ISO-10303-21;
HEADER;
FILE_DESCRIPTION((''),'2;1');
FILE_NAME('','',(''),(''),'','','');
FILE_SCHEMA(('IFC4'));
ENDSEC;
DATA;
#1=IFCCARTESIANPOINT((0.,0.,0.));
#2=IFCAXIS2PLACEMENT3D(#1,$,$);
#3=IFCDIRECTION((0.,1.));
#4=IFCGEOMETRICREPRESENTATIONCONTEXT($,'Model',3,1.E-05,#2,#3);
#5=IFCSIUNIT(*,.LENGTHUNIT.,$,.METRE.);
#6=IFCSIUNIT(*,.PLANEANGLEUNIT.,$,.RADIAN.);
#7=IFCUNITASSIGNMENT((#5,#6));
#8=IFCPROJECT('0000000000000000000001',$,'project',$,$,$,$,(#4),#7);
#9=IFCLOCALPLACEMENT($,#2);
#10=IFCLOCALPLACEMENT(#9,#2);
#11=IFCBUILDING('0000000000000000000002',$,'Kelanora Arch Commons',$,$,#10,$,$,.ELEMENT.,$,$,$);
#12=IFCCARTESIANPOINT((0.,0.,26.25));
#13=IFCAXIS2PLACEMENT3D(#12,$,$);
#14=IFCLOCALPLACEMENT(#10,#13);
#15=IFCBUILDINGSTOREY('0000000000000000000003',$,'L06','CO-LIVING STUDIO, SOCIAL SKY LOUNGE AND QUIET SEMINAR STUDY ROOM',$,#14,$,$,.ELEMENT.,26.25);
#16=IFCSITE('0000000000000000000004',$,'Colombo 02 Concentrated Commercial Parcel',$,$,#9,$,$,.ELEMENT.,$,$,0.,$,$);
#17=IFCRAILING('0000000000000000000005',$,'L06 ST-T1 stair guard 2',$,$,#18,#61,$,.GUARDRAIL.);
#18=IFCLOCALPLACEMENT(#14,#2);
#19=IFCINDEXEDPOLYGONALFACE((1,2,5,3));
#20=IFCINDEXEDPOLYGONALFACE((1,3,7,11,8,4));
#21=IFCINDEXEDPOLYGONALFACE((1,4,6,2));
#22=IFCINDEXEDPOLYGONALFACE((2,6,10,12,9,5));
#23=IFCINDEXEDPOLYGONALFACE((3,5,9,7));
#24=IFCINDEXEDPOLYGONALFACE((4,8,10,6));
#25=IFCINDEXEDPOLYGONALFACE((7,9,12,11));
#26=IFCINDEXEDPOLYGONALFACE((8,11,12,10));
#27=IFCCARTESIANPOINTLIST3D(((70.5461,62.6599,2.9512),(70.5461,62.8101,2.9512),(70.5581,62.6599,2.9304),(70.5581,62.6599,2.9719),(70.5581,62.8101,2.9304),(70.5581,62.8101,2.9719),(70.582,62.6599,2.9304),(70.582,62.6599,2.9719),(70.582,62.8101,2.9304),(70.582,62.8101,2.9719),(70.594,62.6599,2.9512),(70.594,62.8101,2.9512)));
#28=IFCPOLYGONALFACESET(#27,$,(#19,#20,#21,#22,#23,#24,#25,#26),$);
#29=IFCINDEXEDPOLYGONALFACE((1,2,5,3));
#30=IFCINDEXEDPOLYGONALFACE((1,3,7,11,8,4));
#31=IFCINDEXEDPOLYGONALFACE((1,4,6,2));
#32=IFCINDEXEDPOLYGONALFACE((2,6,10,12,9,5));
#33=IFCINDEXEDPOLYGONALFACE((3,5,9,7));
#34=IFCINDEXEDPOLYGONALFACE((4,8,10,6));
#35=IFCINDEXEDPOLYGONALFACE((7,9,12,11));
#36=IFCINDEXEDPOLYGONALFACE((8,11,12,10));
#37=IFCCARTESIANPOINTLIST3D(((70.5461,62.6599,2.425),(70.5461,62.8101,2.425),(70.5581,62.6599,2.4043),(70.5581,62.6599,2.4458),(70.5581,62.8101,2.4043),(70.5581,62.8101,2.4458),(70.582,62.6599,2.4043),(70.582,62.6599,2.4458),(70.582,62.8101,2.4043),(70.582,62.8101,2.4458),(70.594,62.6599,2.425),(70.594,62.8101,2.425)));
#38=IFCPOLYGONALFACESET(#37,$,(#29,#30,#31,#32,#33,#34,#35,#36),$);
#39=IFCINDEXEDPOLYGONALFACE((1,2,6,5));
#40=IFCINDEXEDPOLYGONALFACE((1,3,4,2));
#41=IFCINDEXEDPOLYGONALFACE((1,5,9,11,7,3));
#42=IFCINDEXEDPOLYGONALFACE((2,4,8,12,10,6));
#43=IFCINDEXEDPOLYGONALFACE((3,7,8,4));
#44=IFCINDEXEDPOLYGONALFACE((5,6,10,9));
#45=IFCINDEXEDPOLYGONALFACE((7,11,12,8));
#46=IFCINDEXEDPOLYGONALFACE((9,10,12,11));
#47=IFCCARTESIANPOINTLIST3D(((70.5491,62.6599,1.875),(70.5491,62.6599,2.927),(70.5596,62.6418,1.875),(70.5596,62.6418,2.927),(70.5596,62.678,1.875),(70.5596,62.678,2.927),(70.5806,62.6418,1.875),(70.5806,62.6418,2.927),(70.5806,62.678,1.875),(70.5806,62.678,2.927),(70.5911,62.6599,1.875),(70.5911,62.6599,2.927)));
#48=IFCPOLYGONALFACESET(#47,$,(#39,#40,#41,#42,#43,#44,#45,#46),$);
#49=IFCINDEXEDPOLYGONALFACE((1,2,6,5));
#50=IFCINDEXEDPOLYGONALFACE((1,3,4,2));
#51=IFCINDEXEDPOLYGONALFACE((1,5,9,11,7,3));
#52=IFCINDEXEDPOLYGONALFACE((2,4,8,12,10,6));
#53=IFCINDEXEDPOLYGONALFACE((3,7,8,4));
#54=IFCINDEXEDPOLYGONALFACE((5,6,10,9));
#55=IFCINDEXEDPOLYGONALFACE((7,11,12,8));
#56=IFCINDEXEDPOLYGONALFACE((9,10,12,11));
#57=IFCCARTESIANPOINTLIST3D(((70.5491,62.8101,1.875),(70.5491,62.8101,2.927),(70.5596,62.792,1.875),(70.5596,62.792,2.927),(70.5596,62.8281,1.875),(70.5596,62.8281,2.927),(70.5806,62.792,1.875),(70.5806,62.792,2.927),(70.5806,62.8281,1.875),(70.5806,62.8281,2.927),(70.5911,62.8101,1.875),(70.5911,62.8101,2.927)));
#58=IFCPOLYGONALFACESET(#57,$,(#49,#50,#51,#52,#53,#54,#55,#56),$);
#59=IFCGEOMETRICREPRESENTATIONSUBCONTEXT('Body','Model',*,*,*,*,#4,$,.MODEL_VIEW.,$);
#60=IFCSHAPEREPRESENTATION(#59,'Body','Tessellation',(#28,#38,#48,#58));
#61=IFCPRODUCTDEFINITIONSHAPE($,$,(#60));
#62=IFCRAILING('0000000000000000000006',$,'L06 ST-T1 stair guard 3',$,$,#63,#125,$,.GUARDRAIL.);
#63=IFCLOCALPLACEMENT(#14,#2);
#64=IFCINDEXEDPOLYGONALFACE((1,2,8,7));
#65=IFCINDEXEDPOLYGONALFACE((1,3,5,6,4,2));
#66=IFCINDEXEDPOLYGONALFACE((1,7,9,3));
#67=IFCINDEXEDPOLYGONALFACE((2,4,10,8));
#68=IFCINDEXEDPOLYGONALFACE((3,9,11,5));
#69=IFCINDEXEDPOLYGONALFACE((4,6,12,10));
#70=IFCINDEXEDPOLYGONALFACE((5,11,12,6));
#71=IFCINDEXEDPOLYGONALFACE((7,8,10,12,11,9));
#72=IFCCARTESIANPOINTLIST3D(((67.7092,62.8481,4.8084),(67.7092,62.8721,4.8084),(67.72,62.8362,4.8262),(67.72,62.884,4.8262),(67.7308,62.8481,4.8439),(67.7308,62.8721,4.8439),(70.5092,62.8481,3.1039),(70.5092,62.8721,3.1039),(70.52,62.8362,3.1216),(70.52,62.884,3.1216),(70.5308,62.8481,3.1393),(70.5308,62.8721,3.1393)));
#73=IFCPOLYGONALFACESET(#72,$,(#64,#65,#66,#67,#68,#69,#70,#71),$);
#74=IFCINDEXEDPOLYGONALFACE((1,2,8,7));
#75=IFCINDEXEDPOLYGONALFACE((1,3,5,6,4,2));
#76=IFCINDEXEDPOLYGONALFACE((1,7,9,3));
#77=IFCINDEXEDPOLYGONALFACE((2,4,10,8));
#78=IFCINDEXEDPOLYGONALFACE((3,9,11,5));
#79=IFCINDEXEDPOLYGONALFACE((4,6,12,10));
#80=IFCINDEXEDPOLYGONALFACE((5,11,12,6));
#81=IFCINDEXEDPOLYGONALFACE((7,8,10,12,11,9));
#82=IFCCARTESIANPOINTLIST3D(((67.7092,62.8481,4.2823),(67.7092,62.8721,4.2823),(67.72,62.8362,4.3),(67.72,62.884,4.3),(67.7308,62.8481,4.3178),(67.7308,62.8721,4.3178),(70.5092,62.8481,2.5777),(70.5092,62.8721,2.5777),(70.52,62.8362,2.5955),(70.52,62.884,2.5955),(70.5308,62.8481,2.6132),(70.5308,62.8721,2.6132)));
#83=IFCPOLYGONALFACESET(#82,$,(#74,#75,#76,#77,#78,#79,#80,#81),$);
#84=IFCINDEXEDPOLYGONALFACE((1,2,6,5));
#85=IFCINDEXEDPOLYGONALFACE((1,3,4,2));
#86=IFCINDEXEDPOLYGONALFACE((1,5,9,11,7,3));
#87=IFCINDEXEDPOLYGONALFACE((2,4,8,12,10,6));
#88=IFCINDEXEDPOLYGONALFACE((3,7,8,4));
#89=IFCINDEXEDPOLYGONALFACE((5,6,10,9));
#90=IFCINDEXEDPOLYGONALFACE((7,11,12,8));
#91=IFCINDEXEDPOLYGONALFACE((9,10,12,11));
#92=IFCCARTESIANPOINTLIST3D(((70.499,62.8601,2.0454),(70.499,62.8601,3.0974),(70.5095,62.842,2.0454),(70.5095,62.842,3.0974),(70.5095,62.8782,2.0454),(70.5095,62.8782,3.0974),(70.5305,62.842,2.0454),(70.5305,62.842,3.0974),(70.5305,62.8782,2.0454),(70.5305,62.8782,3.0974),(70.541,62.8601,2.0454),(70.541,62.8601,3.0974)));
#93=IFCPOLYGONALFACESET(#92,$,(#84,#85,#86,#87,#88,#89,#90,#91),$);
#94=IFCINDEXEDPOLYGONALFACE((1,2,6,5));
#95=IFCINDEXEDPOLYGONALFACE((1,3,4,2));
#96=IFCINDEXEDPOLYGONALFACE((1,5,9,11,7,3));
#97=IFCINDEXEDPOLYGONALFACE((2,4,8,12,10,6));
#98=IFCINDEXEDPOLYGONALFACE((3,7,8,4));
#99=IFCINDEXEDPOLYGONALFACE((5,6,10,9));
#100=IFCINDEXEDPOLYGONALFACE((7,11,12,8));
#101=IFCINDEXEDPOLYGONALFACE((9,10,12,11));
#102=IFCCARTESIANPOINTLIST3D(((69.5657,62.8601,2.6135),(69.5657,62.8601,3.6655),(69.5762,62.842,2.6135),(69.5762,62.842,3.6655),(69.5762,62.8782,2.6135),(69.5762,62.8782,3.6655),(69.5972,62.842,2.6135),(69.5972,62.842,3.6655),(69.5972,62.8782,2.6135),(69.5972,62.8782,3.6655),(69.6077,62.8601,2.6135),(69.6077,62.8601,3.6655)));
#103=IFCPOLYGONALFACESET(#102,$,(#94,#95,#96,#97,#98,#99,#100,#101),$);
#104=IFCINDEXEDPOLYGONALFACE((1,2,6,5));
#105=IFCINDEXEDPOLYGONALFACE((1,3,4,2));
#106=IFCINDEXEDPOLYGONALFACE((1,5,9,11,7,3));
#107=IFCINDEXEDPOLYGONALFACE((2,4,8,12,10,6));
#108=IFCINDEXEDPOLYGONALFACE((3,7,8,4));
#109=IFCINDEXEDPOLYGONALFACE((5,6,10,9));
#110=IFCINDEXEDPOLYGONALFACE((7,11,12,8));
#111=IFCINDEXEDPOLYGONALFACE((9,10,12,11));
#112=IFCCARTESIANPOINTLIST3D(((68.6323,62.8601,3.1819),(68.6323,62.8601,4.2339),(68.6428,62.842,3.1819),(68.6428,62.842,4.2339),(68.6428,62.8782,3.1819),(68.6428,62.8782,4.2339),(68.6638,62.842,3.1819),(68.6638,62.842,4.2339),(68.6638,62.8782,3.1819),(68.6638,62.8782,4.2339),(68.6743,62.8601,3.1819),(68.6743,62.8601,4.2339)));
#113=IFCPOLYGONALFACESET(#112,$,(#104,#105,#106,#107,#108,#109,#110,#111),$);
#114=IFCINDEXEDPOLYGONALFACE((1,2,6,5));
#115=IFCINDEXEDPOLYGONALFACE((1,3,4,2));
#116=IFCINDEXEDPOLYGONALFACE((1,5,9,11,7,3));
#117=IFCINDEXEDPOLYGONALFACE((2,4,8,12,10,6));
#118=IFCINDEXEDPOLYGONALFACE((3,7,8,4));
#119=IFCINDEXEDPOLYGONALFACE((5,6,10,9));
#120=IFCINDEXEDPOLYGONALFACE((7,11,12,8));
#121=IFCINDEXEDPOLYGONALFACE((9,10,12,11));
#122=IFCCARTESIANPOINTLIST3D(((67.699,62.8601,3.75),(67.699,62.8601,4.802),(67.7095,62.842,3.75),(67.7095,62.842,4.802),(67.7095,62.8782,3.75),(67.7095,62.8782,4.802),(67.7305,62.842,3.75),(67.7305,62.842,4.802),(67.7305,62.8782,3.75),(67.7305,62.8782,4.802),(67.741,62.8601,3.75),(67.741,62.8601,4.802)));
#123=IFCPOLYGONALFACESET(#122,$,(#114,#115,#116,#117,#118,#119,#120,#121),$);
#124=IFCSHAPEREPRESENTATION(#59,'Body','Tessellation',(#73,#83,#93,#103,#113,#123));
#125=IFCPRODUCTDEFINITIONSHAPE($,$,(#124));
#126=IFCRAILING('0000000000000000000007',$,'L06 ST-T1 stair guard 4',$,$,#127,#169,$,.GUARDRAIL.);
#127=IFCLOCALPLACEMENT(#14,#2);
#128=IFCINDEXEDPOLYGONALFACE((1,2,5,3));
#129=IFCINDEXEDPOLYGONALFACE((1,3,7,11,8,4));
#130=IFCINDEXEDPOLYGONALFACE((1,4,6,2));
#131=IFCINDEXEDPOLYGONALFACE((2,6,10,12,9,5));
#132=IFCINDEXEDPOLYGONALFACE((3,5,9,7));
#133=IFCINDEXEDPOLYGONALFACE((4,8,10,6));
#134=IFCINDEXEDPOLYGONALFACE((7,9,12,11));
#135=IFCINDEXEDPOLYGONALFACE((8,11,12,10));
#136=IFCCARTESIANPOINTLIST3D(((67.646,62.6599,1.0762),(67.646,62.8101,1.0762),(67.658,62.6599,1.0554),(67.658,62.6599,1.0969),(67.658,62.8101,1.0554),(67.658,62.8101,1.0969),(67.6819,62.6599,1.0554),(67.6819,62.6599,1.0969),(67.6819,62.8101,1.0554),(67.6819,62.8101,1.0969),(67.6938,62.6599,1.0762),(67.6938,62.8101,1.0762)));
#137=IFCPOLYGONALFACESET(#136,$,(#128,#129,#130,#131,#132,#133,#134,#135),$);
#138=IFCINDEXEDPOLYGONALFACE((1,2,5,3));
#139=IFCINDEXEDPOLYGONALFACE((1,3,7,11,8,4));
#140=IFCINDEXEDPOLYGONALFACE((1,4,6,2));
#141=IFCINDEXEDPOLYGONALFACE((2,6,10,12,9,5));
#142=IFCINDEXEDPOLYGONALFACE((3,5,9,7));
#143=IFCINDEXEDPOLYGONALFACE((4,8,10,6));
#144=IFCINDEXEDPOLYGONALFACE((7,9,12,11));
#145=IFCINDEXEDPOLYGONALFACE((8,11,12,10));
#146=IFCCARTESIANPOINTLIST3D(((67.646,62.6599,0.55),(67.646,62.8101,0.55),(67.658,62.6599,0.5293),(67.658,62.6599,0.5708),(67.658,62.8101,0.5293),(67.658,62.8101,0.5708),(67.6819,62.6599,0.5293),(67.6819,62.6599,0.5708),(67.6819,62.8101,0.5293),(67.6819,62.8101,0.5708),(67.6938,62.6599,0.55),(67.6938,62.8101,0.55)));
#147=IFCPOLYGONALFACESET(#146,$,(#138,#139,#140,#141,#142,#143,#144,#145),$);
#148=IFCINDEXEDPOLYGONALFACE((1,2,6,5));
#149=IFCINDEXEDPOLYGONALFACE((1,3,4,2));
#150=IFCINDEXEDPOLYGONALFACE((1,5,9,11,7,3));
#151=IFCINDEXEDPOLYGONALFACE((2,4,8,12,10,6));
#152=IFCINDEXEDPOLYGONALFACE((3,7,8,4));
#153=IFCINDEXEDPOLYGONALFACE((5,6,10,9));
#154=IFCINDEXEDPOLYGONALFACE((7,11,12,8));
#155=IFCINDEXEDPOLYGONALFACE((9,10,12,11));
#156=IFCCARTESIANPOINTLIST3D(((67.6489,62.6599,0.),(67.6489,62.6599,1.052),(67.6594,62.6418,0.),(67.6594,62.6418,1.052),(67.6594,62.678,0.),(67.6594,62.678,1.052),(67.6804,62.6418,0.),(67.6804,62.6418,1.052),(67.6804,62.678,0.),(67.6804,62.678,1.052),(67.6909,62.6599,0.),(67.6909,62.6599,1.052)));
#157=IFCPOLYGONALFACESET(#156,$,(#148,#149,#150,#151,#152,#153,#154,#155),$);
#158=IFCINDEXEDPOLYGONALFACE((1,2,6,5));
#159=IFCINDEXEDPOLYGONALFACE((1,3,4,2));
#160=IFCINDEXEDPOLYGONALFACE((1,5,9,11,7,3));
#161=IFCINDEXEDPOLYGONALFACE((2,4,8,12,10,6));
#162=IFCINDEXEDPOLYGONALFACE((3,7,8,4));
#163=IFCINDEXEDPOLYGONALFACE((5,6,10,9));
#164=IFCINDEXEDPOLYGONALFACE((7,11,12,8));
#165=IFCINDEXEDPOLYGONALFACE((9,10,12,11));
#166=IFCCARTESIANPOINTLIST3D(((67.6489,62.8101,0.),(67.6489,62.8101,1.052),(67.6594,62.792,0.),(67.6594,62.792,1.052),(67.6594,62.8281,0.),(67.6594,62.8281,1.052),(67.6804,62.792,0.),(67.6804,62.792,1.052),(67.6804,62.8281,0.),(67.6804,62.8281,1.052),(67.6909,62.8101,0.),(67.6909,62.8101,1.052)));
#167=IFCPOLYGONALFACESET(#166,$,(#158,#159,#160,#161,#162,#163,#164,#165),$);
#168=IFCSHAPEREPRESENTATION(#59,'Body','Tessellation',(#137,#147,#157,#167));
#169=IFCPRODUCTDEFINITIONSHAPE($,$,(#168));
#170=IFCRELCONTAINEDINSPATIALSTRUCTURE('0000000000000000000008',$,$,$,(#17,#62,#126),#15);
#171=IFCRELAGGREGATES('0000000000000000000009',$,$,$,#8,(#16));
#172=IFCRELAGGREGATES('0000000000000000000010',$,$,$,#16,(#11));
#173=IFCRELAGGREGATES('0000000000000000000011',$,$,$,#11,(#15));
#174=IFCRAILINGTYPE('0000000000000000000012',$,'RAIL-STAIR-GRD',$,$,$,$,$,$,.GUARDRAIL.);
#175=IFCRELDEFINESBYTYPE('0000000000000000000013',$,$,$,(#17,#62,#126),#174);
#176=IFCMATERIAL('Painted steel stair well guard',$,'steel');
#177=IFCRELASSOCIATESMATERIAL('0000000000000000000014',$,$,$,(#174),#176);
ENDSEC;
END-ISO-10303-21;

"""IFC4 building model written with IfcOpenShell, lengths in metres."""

from ifc_helpers import new_model, si_unit, direction, frame, origin, place, context, subcontext, project, spatial, polyline, outline, extrude, material, type_object, element, save


model = new_model("IFC4")

# Units and contexts
model_context = context("Model", 3, precision=1e-05, world=origin(), true_north=direction((0.0, 1.0)))
body_context = subcontext(model_context, "Body", "Model", "MODEL_VIEW")
ifc_project = project(units=[si_unit("LENGTHUNIT", "METRE"), si_unit("PLANEANGLEUNIT", "RADIAN")], contexts=[model_context])

# Site, building, storey
site_placement = place(None, origin())
site = spatial("IfcSite", under=ifc_project, at=site_placement, Name="Colombo 02 Concentrated Commercial Parcel", CompositionType="ELEMENT", RefElevation=0.0)
building_placement = place(site_placement, origin())
building = spatial("IfcBuilding", under=site, at=building_placement, Name="Kelanora Arch Commons", CompositionType="ELEMENT")
storey_placement = place(building_placement, frame((0.0, 0.0, 26.25)))
storey = spatial("IfcBuildingStorey", under=building, at=storey_placement, Name="L06", Description="CO-LIVING STUDIO, SOCIAL SKY LOUNGE AND QUIET SEMINAR STUDY ROOM", CompositionType="ELEMENT", Elevation=26.25)

# Railings
ifc_material_1 = material(Name="Painted steel stair well guard", Category="steel")
railing_type_1 = type_object("IfcRailingType", Name="RAIL-STAIR-GRD", PredefinedType="GUARDRAIL", material=ifc_material_1)
railing_1_placement = place(storey_placement, frame((70.5701, 62.6599, 1.875)))
element("IfcRailing", 1, at=railing_1_placement, inside=storey, type_object=railing_type_1, Name="L06 ST-T1 stair guard 2", PredefinedType="GUARDRAIL", context=body_context, shape_type="SweptSolid", body=[
    extrude(outline(polyline([(0.0239, 0.0), (0.012, 0.0208), (-0.012, 0.0208), (-0.0239, 0.0), (-0.012, -0.0208), (0.012, -0.0208), (0.0239, 0.0)])), frame((0.0, 0.0, 1.0762), z_axis=(0.0, 1.0, 0.0), x_axis=(-1.0, 0.0, 0.0)), (0.0, 0.0, 1.0), 0.1501),
    extrude(outline(polyline([(0.0239, 0.0), (0.012, 0.0208), (-0.012, 0.0208), (-0.0239, 0.0), (-0.012, -0.0208), (0.012, -0.0208), (0.0239, 0.0)])), frame((0.0, 0.0, 0.55), z_axis=(0.0, 1.0, 0.0), x_axis=(-1.0, 0.0, 0.0)), (0.0, 0.0, 1.0), 0.1501),
    extrude(outline(polyline([(0.021, 0.0), (0.0105, 0.0181), (-0.0105, 0.0181), (-0.021, 0.0), (-0.0105, -0.0181), (0.0105, -0.0181), (0.021, 0.0)])), origin(), (0.0, 0.0, 1.0), 1.052),
    extrude(outline(polyline([(0.021, 0.0), (0.0105, 0.0181), (-0.0105, 0.0181), (-0.021, 0.0), (-0.0105, -0.0181), (0.0105, -0.0181), (0.021, 0.0)])), frame((0.0, 0.1501, 0.0)), (0.0, 0.0, 1.0), 1.052),
])
railing_2_placement = place(storey_placement, frame((70.52, 62.8601, 2.0454)))
element("IfcRailing", 2, at=railing_2_placement, inside=storey, type_object=railing_type_1, Name="L06 ST-T1 stair guard 3", PredefinedType="GUARDRAIL", context=body_context, shape_type="SweptSolid", body=[
    extrude(outline(polyline([(0.0239, 0.0), (0.012, 0.0208), (-0.012, 0.0208), (-0.0239, 0.0), (-0.012, -0.0208), (0.012, -0.0208), (0.0239, 0.0)])), frame((0.0, 0.0, 1.0762), z_axis=(-0.85417, 0.0, 0.519994), x_axis=(0.0, -1.0, 0.0)), (0.0, 0.0, 1.0), 3.2781),
    extrude(outline(polyline([(0.0239, 0.0), (0.012, 0.0208), (-0.012, 0.0208), (-0.0239, 0.0), (-0.012, -0.0208), (0.012, -0.0208), (0.0239, 0.0)])), frame((0.0, 0.0, 0.55), z_axis=(-0.85417, 0.0, 0.519994), x_axis=(0.0, -1.0, 0.0)), (0.0, 0.0, 1.0), 3.2781),
    extrude(outline(polyline([(0.021, 0.0), (0.0105, 0.0181), (-0.0105, 0.0181), (-0.021, 0.0), (-0.0105, -0.0181), (0.0105, -0.0181), (0.021, 0.0)])), origin(), (0.0, 0.0, 1.0), 1.052),
    extrude(outline(polyline([(0.021, 0.0), (0.0105, 0.0181), (-0.0105, 0.0181), (-0.021, 0.0), (-0.0105, -0.0181), (0.0105, -0.0181), (0.021, 0.0)])), frame((-0.9333, 0.0, 0.5681)), (0.0, 0.0, 1.0), 1.052),
    extrude(outline(polyline([(0.021, 0.0), (0.0105, 0.0181), (-0.0105, 0.0181), (-0.021, 0.0), (-0.0105, -0.0181), (0.0105, -0.0181), (0.021, 0.0)])), frame((-1.8667, 0.0, 1.1365)), (0.0, 0.0, 1.0), 1.052),
    extrude(outline(polyline([(0.021, 0.0), (0.0105, 0.0181), (-0.0105, 0.0181), (-0.021, 0.0), (-0.0105, -0.0181), (0.0105, -0.0181), (0.021, 0.0)])), frame((-2.8, 0.0, 1.7046)), (0.0, 0.0, 1.0), 1.052),
])
railing_3_placement = place(storey_placement, frame((67.6699, 62.6599, 0.0)))
element("IfcRailing", 3, at=railing_3_placement, inside=storey, type_object=railing_type_1, Name="L06 ST-T1 stair guard 4", PredefinedType="GUARDRAIL", context=body_context, shape_type="SweptSolid", body=[
    extrude(outline(polyline([(0.0239, 0.0), (0.012, 0.0208), (-0.012, 0.0208), (-0.0239, 0.0), (-0.012, -0.0208), (0.012, -0.0208), (0.0239, 0.0)])), frame((0.0, 0.0, 1.0762), z_axis=(0.0, 1.0, 0.0), x_axis=(-1.0, 0.0, 0.0)), (0.0, 0.0, 1.0), 0.1501),
    extrude(outline(polyline([(0.0239, 0.0), (0.012, 0.0208), (-0.012, 0.0208), (-0.0239, 0.0), (-0.012, -0.0208), (0.012, -0.0208), (0.0239, 0.0)])), frame((0.0, 0.0, 0.55), z_axis=(0.0, 1.0, 0.0), x_axis=(-1.0, 0.0, 0.0)), (0.0, 0.0, 1.0), 0.1501),
    extrude(outline(polyline([(0.021, 0.0), (0.0105, 0.0181), (-0.0105, 0.0181), (-0.021, 0.0), (-0.0105, -0.0181), (0.0105, -0.0181), (0.021, 0.0)])), origin(), (0.0, 0.0, 1.0), 1.052),
    extrude(outline(polyline([(0.021, 0.0), (0.0105, 0.0181), (-0.0105, 0.0181), (-0.021, 0.0), (-0.0105, -0.0181), (0.0105, -0.0181), (0.021, 0.0)])), frame((0.0, 0.1501, 0.0)), (0.0, 0.0, 1.0), 1.052),
])

save(model, "model.ifc")
